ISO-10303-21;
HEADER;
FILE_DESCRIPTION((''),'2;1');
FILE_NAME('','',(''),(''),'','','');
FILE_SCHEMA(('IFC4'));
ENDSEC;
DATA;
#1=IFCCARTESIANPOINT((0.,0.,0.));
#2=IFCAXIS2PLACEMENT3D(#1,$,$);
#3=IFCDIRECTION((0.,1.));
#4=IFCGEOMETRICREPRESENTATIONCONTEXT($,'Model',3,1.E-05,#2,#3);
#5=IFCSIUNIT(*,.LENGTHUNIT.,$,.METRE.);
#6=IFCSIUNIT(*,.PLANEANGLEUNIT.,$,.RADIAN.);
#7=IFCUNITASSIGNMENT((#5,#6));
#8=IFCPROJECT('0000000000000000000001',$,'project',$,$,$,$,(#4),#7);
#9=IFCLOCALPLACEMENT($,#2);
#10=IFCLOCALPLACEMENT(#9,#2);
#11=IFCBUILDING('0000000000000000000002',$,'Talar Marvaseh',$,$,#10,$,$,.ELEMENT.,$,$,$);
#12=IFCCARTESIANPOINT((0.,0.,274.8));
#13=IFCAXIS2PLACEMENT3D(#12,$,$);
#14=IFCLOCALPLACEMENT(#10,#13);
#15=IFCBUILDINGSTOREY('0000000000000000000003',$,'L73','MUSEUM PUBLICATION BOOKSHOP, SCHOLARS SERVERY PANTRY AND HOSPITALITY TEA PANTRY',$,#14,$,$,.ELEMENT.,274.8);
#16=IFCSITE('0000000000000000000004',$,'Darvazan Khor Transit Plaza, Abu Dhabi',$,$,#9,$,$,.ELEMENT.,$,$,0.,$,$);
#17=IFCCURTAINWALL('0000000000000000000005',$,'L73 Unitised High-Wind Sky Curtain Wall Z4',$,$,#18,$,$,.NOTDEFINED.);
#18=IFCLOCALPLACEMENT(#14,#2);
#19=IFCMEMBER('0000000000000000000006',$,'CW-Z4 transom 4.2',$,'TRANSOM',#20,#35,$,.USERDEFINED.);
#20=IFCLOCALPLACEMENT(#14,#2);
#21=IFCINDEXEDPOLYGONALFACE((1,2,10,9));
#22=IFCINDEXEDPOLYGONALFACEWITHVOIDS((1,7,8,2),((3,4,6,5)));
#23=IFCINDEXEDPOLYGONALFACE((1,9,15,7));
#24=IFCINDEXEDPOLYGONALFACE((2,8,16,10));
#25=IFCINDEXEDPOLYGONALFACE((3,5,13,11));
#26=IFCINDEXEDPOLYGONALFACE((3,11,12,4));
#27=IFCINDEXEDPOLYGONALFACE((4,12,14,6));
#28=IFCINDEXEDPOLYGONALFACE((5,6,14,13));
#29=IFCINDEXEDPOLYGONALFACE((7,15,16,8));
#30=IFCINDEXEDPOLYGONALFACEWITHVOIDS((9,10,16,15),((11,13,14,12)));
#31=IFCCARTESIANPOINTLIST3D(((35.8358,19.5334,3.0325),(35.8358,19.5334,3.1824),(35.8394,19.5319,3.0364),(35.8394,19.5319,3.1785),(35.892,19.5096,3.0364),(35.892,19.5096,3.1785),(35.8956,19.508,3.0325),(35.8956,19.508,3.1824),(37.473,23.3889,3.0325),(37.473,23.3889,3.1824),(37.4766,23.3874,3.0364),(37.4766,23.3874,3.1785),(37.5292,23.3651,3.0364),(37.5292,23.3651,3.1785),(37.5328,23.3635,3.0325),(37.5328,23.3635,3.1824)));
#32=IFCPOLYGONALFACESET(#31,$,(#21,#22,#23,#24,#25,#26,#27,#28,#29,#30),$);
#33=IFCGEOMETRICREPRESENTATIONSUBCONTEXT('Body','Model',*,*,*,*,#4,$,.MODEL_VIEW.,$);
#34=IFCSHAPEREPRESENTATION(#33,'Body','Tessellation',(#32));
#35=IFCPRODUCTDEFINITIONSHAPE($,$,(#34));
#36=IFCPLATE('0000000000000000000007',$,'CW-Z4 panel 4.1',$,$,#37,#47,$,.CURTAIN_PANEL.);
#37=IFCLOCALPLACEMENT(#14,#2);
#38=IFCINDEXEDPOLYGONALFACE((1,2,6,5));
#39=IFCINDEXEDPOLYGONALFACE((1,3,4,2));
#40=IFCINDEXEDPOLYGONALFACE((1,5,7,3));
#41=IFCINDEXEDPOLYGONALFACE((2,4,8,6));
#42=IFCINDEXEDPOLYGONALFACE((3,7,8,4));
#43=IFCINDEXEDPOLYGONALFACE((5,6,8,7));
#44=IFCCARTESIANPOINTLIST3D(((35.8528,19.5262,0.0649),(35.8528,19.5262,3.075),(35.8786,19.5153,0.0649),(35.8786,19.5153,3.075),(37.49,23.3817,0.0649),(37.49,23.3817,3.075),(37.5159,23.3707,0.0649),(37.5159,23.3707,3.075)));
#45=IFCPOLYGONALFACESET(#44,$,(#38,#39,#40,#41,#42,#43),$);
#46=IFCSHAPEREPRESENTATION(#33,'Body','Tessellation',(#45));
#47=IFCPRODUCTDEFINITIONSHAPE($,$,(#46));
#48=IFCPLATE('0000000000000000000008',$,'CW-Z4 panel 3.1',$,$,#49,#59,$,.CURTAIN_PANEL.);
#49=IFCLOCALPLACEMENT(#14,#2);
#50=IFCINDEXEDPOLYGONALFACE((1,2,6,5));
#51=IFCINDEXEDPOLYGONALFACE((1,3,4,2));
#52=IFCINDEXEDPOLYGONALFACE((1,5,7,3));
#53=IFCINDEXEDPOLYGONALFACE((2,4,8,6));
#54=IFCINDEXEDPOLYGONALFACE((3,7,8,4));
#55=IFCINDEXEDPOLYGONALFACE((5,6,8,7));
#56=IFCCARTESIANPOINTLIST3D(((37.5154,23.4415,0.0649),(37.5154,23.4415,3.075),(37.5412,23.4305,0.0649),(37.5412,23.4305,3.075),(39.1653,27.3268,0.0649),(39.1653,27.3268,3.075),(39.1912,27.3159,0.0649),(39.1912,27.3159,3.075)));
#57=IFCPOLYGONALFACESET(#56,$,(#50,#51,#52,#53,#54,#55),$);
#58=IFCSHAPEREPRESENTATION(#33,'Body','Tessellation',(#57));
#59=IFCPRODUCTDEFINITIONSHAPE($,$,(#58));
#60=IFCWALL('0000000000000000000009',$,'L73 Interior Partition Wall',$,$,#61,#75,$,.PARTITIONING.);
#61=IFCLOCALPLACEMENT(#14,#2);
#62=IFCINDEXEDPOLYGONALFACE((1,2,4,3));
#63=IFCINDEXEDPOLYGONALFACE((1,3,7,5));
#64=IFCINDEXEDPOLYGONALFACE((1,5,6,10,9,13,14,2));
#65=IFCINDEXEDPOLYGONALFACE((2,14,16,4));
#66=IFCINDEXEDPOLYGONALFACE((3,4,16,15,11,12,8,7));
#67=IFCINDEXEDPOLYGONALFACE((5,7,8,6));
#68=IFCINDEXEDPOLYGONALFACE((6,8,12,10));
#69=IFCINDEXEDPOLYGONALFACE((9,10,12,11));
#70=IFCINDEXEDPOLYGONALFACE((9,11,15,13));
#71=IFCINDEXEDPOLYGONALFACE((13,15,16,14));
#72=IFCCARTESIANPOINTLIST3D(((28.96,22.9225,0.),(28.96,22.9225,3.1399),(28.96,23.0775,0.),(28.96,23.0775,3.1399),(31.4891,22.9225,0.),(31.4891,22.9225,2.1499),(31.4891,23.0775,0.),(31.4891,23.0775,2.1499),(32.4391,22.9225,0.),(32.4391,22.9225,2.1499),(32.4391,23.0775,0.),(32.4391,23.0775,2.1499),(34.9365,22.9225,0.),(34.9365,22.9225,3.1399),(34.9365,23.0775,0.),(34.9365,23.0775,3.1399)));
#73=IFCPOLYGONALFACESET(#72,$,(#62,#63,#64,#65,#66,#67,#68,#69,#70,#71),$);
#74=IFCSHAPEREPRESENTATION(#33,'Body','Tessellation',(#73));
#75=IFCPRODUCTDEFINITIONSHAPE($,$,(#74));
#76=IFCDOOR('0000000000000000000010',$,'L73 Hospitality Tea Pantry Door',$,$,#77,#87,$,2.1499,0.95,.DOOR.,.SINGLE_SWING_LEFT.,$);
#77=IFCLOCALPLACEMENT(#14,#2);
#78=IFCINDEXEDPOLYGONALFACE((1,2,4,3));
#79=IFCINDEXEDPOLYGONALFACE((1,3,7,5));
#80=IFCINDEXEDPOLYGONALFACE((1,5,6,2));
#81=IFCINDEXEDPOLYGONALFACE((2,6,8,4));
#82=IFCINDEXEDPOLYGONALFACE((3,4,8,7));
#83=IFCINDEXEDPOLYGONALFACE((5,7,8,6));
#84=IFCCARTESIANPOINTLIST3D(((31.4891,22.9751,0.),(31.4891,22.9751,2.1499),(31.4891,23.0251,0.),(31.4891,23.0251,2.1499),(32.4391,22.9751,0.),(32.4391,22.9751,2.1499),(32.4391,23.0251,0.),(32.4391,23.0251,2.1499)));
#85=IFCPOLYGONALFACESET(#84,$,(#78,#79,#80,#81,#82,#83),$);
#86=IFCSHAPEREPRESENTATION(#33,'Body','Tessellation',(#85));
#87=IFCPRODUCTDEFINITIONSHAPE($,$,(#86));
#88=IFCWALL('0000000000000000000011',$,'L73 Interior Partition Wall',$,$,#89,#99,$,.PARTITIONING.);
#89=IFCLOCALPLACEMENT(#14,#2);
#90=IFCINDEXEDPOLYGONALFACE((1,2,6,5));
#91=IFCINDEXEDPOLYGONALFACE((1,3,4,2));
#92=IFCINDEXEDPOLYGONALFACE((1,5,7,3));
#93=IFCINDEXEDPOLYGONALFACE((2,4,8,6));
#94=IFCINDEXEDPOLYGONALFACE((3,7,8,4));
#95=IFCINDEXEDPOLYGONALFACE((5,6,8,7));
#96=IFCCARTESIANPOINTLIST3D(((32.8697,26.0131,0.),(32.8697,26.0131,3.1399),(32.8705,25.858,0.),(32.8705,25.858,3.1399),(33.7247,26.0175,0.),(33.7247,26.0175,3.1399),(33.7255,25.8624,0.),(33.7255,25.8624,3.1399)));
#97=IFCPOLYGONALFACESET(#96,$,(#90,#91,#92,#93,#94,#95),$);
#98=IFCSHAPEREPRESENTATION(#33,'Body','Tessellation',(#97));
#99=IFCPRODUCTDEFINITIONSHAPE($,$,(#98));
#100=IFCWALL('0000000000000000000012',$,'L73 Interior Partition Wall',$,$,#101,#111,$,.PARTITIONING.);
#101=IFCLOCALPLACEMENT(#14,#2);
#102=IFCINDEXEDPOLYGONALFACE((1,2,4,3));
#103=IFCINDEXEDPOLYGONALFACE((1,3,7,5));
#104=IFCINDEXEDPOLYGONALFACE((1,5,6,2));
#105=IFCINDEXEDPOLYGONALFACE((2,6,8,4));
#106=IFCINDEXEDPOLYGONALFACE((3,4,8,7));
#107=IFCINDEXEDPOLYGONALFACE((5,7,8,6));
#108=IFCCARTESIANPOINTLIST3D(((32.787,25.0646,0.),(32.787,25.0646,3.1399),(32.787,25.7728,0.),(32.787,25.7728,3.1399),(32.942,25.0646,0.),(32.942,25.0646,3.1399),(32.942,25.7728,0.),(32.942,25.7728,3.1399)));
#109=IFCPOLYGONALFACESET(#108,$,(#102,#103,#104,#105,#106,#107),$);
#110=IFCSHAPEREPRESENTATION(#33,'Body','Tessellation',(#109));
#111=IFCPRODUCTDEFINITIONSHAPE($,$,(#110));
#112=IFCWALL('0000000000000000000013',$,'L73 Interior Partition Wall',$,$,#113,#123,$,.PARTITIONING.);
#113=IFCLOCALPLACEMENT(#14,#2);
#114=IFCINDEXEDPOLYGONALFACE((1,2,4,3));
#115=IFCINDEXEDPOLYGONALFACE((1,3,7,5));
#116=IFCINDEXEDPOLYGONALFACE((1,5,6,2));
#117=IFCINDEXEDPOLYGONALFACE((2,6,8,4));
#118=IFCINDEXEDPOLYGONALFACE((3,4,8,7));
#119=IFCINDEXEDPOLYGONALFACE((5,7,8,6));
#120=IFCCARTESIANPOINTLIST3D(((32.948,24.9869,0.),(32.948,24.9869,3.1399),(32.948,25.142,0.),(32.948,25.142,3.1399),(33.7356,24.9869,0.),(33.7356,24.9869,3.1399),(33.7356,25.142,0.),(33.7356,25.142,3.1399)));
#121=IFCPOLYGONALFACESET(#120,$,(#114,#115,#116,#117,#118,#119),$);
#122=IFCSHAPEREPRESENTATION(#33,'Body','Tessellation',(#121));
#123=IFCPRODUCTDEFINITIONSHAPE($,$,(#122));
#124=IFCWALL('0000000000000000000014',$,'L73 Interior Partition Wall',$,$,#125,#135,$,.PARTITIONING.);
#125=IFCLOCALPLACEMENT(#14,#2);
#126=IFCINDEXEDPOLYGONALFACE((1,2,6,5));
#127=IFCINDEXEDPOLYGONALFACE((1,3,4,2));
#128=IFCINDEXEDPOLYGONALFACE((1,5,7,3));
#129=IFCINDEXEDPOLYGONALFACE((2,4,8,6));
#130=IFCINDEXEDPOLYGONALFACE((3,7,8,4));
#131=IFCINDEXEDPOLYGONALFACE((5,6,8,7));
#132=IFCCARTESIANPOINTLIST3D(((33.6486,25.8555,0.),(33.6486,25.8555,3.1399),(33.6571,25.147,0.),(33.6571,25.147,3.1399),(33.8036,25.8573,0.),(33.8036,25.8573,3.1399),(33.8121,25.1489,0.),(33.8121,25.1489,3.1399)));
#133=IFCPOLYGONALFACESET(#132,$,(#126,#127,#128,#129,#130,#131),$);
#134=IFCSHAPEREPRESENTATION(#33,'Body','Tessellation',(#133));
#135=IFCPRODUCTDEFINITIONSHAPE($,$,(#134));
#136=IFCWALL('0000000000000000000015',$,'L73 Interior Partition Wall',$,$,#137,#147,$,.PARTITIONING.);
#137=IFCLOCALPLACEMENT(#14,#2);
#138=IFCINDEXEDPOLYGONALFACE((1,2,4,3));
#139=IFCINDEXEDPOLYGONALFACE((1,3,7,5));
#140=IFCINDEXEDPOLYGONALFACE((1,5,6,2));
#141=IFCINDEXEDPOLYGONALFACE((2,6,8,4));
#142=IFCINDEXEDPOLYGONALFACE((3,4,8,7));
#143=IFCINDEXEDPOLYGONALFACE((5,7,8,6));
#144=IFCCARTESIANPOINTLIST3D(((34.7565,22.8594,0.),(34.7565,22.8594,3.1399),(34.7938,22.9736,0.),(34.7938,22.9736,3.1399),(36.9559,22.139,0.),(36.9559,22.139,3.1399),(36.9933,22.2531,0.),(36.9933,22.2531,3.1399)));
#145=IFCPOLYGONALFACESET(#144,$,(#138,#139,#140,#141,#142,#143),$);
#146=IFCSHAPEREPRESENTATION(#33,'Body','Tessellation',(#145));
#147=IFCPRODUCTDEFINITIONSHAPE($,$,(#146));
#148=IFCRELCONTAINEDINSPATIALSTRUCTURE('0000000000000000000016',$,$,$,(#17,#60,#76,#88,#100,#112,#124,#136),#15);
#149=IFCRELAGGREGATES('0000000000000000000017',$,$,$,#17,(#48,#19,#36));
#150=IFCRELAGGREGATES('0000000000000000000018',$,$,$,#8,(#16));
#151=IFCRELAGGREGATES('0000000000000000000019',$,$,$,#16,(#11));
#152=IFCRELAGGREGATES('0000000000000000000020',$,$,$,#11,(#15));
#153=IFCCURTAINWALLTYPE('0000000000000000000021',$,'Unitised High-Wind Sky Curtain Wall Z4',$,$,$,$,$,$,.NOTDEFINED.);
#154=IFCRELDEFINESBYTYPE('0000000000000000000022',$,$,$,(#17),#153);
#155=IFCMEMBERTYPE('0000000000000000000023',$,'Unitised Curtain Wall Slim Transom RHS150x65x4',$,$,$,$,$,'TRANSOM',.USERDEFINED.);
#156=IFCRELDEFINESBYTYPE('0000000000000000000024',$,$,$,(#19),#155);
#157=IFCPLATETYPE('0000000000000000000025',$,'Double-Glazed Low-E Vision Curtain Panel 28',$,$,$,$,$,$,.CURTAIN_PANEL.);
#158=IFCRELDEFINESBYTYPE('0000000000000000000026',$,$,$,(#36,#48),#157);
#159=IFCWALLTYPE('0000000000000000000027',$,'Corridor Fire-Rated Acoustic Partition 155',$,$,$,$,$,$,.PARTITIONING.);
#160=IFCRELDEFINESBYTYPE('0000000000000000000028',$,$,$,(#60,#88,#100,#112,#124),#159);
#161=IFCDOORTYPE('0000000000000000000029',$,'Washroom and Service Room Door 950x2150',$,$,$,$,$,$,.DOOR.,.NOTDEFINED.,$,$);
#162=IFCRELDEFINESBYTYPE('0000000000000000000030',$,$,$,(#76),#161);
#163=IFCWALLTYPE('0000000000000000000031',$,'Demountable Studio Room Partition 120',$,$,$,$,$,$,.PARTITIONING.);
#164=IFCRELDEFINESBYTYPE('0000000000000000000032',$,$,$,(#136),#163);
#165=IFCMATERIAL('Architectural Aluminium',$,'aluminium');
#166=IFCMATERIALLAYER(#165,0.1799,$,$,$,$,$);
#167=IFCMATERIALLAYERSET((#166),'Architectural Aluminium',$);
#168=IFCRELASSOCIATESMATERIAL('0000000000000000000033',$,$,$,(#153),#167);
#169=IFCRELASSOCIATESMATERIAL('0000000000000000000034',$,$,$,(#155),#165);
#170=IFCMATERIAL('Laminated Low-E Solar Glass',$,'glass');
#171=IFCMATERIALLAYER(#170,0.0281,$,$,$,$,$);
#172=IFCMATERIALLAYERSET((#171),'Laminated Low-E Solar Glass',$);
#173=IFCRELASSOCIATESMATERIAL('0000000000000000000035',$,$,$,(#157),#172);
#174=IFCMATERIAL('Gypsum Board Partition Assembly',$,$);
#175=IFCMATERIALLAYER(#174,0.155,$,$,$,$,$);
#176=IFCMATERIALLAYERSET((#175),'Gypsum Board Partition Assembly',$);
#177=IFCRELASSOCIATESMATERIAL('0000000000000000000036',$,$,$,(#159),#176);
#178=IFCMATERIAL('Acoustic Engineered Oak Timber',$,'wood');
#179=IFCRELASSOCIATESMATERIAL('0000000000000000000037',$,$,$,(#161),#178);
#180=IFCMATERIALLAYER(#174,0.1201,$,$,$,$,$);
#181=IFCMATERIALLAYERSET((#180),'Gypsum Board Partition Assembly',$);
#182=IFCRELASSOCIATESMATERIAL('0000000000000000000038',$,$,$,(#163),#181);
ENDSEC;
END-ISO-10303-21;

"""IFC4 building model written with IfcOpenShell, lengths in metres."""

from ifc_helpers import new_model, si_unit, direction, frame, frame_2d, origin, origin_2d, place, context, subcontext, project, spatial, rectangle, hollow_rectangle, extrude, source, transform, mapped, material, layer, layer_set, material_profile, profile_set, type_object, type_shapes, element, fill, aggregate, save


model = new_model("IFC4")

# Units and contexts
model_context = context("Model", 3, precision=1e-05, world=origin(), true_north=direction((0.0, 1.0)))
body_context = subcontext(model_context, "Body", "Model", "MODEL_VIEW")
ifc_project = project(units=[si_unit("LENGTHUNIT", "METRE"), si_unit("PLANEANGLEUNIT", "RADIAN")], contexts=[model_context])

# Site, building, storey
site_placement = place(None, origin())
site = spatial("IfcSite", under=ifc_project, at=site_placement, Name="Darvazan Khor Transit Plaza, Abu Dhabi", CompositionType="ELEMENT", RefElevation=0.0)
building_placement = place(site_placement, origin())
building = spatial("IfcBuilding", under=site, at=building_placement, Name="Talar Marvaseh", CompositionType="ELEMENT")
storey_placement = place(building_placement, frame((0.0, 0.0, 274.8)))
storey = spatial("IfcBuildingStorey", under=building, at=storey_placement, Name="L73", Description="MUSEUM PUBLICATION BOOKSHOP, SCHOLARS SERVERY PANTRY AND HOSPITALITY TEA PANTRY", CompositionType="ELEMENT", Elevation=274.8)

# Curtain wall, member, plates
ifc_material_1 = material(Name="Architectural Aluminium", Category="aluminium")
ifc_layer_1 = layer(ifc_material_1, 0.1799)
ifc_layer_set_1 = layer_set([ifc_layer_1], Name="Architectural Aluminium")
curtain_wall_type = type_object("IfcCurtainWallType", Name="Unitised High-Wind Sky Curtain Wall Z4", PredefinedType="NOTDEFINED", material=ifc_layer_set_1)
curtain_wall_placement = place(storey_placement, origin())
curtain_wall = element("IfcCurtainWall", 1, at=curtain_wall_placement, inside=storey, type_object=curtain_wall_type, Name="L73 Unitised High-Wind Sky Curtain Wall Z4", PredefinedType="NOTDEFINED")
ifc_material_profile_1 = material_profile(ifc_material_1, hollow_rectangle(XDim=0.0649, YDim=0.1499, WallThickness=0.0039, at=origin_2d()), Name="RHS150x65x4")
ifc_profile_set_1 = profile_set([ifc_material_profile_1], Name="Architectural Aluminium")
member_type_1 = type_object("IfcMemberType", Name="Unitised Curtain Wall Slim Transom RHS150x65x4", ElementType="TRANSOM", PredefinedType="USERDEFINED", material=ifc_profile_set_1)
shared_shape_1 = source(origin(), body_context, "Body", "SweptSolid", [
    extrude(hollow_rectangle(XDim=0.0649, YDim=0.1499, WallThickness=0.0039, at=origin_2d()), origin(), (0.0, 0.0, 1.0), 4.1887),
])
type_shapes(member_type_1, [shared_shape_1])
member_1_placement = place(storey_placement, frame((37.5029, 23.3762, 3.1074), z_axis=(-0.390864, -0.920448, 0.0), x_axis=(0.920448, -0.390864, 0.0)))
member_1 = element("IfcMember", 2, at=member_1_placement, type_object=member_type_1, Name="CW-Z4 transom 4.2", ObjectType="TRANSOM", PredefinedType="USERDEFINED", context=body_context, shape_type="MappedRepresentation", body=[
    mapped(shared_shape_1, transform((0.0, 0.0, 0.0), x_axis=(1.0, 0.0, 0.0), y_axis=(0.0, 1.0, 0.0), z_axis=(0.0, 0.0, 1.0), scale=1.0)),
])
ifc_material_2 = material(Name="Laminated Low-E Solar Glass", Category="glass")
ifc_layer_2 = layer(ifc_material_2, 0.0281)
ifc_layer_set_2 = layer_set([ifc_layer_2], Name="Laminated Low-E Solar Glass")
plate_type = type_object("IfcPlateType", Name="Double-Glazed Low-E Vision Curtain Panel 28", PredefinedType="CURTAIN_PANEL", material=ifc_layer_set_2)
shared_shape_2 = source(origin(), body_context, "Body", "SweptSolid", [
    extrude(rectangle(XDim=4.1887, YDim=0.0281, at=origin_2d()), origin(), (0.0, 0.0, 1.0), 3.01),
])
plate_1_placement = place(storey_placement, frame((36.6843, 21.4485, 0.0649), z_axis=(0.0, 0.0, 1.0), x_axis=(-0.390873, -0.920445, 0.0)))
plate_1 = element("IfcPlate", 3, at=plate_1_placement, type_object=plate_type, Name="CW-Z4 panel 4.1", PredefinedType="CURTAIN_PANEL", context=body_context, shape_type="MappedRepresentation", body=[
    mapped(shared_shape_2, transform((0.0, 0.0, 0.0), x_axis=(1.0, 0.0, 0.0), y_axis=(0.0, 1.0, 0.0), z_axis=(0.0, 0.0, 1.0), scale=1.0)),
])
shared_shape_3 = source(origin(), body_context, "Body", "SweptSolid", [
    extrude(rectangle(XDim=4.2212, YDim=0.0281, at=origin_2d()), origin(), (0.0, 0.0, 1.0), 3.01),
])
type_shapes(plate_type, [shared_shape_2, shared_shape_3])
plate_2_placement = place(storey_placement, frame((38.3533, 25.3787, 0.0649), z_axis=(0.0, 0.0, 1.0), x_axis=(-0.390873, -0.920445, 0.0)))
plate_2 = element("IfcPlate", 4, at=plate_2_placement, type_object=plate_type, Name="CW-Z4 panel 3.1", PredefinedType="CURTAIN_PANEL", context=body_context, shape_type="MappedRepresentation", body=[
    mapped(shared_shape_3, transform((0.0, 0.0, 0.0), x_axis=(1.0, 0.0, 0.0), y_axis=(0.0, 1.0, 0.0), z_axis=(0.0, 0.0, 1.0), scale=1.0)),
])
aggregate(curtain_wall, [plate_2, member_1, plate_1])

# Wall, opening, door
ifc_material_3 = material(Name="Gypsum Board Partition Assembly")
ifc_layer_3 = layer(ifc_material_3, 0.155)
ifc_layer_set_3 = layer_set([ifc_layer_3], Name="Gypsum Board Partition Assembly")
wall_type_1 = type_object("IfcWallType", Name="Corridor Fire-Rated Acoustic Partition 155", PredefinedType="PARTITIONING", material=ifc_layer_set_3)
wall_1_placement = place(storey_placement, frame((34.9365, 23.0, 0.0), z_axis=(0.0, 0.0, 1.0), x_axis=(-1.0, 0.0, 0.0)))
wall_1 = element("IfcWall", 5, at=wall_1_placement, inside=storey, type_object=wall_type_1, Name="L73 Interior Partition Wall", PredefinedType="PARTITIONING", context=body_context, shape_type="SweptSolid", body=[
    extrude(rectangle(XDim=5.9766, YDim=0.155, at=frame_2d((2.9883, 0.0))), origin(), (0.0, 0.0, 1.0), 3.1399),
])
opening_1_placement = place(wall_1_placement, frame((2.4973, 0.0, 0.0)))
opening_1 = element("IfcOpeningElement", 6, at=opening_1_placement, cuts=wall_1, PredefinedType="OPENING", context=body_context, shape_type="SweptSolid", body=[
    extrude(rectangle(XDim=0.95, YDim=2.1499, at=frame_2d((0.4751, 1.075))), frame((0.0, 0.0874, 0.0), z_axis=(0.0, -1.0, 0.0), x_axis=(1.0, 0.0, 0.0)), (0.0, 0.0, 1.0), 0.175),
])
ifc_material_4 = material(Name="Acoustic Engineered Oak Timber", Category="wood")
door_type_1 = type_object("IfcDoorType", Name="Washroom and Service Room Door 950x2150", OperationType="NOTDEFINED", PredefinedType="DOOR", material=ifc_material_4)
shared_shape_4 = source(origin(), body_context, "Body", "SweptSolid", [
    extrude(rectangle(XDim=0.95, YDim=2.1499, at=frame_2d((0.4751, 1.075))), frame((0.0, 0.0249, 0.0), z_axis=(0.0, -1.0, 0.0), x_axis=(1.0, 0.0, 0.0)), (0.0, 0.0, 1.0), 0.05),
])
type_shapes(door_type_1, [shared_shape_4])
door_1_placement = place(opening_1_placement, origin())
door_1 = element("IfcDoor", 7, at=door_1_placement, inside=storey, type_object=door_type_1, Name="L73 Hospitality Tea Pantry Door", OperationType="SINGLE_SWING_LEFT", OverallHeight=2.1499, OverallWidth=0.95, PredefinedType="DOOR", context=body_context, shape_type="MappedRepresentation", body=[
    mapped(shared_shape_4, transform((0.0, 0.0, 0.0), x_axis=(1.0, 0.0, 0.0), y_axis=(0.0, 1.0, 0.0), z_axis=(0.0, 0.0, 1.0), scale=1.0)),
])
fill(opening_1, door_1)

# Walls
wall_2_placement = place(storey_placement, frame((33.7251, 25.9399, 0.0), z_axis=(0.0, 0.0, 1.0), x_axis=(-0.999987, -0.00514, 0.0)))
element("IfcWall", 8, at=wall_2_placement, inside=storey, type_object=wall_type_1, Name="L73 Interior Partition Wall", PredefinedType="PARTITIONING", context=body_context, shape_type="SweptSolid", body=[
    extrude(rectangle(XDim=0.855, YDim=0.155, at=frame_2d((0.4275, 0.0))), origin(), (0.0, 0.0, 1.0), 3.1399),
])
wall_3_placement = place(storey_placement, frame((32.8645, 25.7727, 0.0), z_axis=(0.0, 0.0, 1.0), x_axis=(0.0, -1.0, 0.0)))
element("IfcWall", 9, at=wall_3_placement, inside=storey, type_object=wall_type_1, Name="L73 Interior Partition Wall", PredefinedType="PARTITIONING", context=body_context, shape_type="SweptSolid", body=[
    extrude(rectangle(XDim=0.7083, YDim=0.155, at=frame_2d((0.354, 0.0))), origin(), (0.0, 0.0, 1.0), 3.1399),
])
wall_4_placement = place(storey_placement, frame((32.948, 25.0645, 0.0), z_axis=(0.0, 0.0, 1.0), x_axis=(1.0, 0.0, 0.0)))
element("IfcWall", 10, at=wall_4_placement, inside=storey, type_object=wall_type_1, Name="L73 Interior Partition Wall", PredefinedType="PARTITIONING", context=body_context, shape_type="SweptSolid", body=[
    extrude(rectangle(XDim=0.7876, YDim=0.155, at=frame_2d((0.3938, 0.0))), origin(), (0.0, 0.0, 1.0), 3.1399),
])
wall_5_placement = place(storey_placement, frame((33.7346, 25.1479, 0.0), z_axis=(0.0, 0.0, 1.0), x_axis=(-0.01206, 0.999927, 0.0)))
element("IfcWall", 11, at=wall_5_placement, inside=storey, type_object=wall_type_1, Name="L73 Interior Partition Wall", PredefinedType="PARTITIONING", context=body_context, shape_type="SweptSolid", body=[
    extrude(rectangle(XDim=0.7085, YDim=0.155, at=frame_2d((0.3542, 0.0))), origin(), (0.0, 0.0, 1.0), 3.1399),
])
ifc_layer_4 = layer(ifc_material_3, 0.1201)
ifc_layer_set_4 = layer_set([ifc_layer_4], Name="Gypsum Board Partition Assembly")
wall_type_2 = type_object("IfcWallType", Name="Demountable Studio Room Partition 120", PredefinedType="PARTITIONING", material=ifc_layer_set_4)
wall_6_placement = place(storey_placement, frame((34.7751, 22.9165, 0.0), z_axis=(0.0, 0.0, 1.0), x_axis=(0.950316, -0.311287, 0.0)))
element("IfcWall", 12, at=wall_6_placement, inside=storey, type_object=wall_type_2, Name="L73 Interior Partition Wall", PredefinedType="PARTITIONING", context=body_context, shape_type="SweptSolid", body=[
    extrude(rectangle(XDim=2.3145, YDim=0.1201, at=frame_2d((1.1572, 0.0))), origin(), (0.0, 0.0, 1.0), 3.1399),
])

save(model, "model.ifc")
